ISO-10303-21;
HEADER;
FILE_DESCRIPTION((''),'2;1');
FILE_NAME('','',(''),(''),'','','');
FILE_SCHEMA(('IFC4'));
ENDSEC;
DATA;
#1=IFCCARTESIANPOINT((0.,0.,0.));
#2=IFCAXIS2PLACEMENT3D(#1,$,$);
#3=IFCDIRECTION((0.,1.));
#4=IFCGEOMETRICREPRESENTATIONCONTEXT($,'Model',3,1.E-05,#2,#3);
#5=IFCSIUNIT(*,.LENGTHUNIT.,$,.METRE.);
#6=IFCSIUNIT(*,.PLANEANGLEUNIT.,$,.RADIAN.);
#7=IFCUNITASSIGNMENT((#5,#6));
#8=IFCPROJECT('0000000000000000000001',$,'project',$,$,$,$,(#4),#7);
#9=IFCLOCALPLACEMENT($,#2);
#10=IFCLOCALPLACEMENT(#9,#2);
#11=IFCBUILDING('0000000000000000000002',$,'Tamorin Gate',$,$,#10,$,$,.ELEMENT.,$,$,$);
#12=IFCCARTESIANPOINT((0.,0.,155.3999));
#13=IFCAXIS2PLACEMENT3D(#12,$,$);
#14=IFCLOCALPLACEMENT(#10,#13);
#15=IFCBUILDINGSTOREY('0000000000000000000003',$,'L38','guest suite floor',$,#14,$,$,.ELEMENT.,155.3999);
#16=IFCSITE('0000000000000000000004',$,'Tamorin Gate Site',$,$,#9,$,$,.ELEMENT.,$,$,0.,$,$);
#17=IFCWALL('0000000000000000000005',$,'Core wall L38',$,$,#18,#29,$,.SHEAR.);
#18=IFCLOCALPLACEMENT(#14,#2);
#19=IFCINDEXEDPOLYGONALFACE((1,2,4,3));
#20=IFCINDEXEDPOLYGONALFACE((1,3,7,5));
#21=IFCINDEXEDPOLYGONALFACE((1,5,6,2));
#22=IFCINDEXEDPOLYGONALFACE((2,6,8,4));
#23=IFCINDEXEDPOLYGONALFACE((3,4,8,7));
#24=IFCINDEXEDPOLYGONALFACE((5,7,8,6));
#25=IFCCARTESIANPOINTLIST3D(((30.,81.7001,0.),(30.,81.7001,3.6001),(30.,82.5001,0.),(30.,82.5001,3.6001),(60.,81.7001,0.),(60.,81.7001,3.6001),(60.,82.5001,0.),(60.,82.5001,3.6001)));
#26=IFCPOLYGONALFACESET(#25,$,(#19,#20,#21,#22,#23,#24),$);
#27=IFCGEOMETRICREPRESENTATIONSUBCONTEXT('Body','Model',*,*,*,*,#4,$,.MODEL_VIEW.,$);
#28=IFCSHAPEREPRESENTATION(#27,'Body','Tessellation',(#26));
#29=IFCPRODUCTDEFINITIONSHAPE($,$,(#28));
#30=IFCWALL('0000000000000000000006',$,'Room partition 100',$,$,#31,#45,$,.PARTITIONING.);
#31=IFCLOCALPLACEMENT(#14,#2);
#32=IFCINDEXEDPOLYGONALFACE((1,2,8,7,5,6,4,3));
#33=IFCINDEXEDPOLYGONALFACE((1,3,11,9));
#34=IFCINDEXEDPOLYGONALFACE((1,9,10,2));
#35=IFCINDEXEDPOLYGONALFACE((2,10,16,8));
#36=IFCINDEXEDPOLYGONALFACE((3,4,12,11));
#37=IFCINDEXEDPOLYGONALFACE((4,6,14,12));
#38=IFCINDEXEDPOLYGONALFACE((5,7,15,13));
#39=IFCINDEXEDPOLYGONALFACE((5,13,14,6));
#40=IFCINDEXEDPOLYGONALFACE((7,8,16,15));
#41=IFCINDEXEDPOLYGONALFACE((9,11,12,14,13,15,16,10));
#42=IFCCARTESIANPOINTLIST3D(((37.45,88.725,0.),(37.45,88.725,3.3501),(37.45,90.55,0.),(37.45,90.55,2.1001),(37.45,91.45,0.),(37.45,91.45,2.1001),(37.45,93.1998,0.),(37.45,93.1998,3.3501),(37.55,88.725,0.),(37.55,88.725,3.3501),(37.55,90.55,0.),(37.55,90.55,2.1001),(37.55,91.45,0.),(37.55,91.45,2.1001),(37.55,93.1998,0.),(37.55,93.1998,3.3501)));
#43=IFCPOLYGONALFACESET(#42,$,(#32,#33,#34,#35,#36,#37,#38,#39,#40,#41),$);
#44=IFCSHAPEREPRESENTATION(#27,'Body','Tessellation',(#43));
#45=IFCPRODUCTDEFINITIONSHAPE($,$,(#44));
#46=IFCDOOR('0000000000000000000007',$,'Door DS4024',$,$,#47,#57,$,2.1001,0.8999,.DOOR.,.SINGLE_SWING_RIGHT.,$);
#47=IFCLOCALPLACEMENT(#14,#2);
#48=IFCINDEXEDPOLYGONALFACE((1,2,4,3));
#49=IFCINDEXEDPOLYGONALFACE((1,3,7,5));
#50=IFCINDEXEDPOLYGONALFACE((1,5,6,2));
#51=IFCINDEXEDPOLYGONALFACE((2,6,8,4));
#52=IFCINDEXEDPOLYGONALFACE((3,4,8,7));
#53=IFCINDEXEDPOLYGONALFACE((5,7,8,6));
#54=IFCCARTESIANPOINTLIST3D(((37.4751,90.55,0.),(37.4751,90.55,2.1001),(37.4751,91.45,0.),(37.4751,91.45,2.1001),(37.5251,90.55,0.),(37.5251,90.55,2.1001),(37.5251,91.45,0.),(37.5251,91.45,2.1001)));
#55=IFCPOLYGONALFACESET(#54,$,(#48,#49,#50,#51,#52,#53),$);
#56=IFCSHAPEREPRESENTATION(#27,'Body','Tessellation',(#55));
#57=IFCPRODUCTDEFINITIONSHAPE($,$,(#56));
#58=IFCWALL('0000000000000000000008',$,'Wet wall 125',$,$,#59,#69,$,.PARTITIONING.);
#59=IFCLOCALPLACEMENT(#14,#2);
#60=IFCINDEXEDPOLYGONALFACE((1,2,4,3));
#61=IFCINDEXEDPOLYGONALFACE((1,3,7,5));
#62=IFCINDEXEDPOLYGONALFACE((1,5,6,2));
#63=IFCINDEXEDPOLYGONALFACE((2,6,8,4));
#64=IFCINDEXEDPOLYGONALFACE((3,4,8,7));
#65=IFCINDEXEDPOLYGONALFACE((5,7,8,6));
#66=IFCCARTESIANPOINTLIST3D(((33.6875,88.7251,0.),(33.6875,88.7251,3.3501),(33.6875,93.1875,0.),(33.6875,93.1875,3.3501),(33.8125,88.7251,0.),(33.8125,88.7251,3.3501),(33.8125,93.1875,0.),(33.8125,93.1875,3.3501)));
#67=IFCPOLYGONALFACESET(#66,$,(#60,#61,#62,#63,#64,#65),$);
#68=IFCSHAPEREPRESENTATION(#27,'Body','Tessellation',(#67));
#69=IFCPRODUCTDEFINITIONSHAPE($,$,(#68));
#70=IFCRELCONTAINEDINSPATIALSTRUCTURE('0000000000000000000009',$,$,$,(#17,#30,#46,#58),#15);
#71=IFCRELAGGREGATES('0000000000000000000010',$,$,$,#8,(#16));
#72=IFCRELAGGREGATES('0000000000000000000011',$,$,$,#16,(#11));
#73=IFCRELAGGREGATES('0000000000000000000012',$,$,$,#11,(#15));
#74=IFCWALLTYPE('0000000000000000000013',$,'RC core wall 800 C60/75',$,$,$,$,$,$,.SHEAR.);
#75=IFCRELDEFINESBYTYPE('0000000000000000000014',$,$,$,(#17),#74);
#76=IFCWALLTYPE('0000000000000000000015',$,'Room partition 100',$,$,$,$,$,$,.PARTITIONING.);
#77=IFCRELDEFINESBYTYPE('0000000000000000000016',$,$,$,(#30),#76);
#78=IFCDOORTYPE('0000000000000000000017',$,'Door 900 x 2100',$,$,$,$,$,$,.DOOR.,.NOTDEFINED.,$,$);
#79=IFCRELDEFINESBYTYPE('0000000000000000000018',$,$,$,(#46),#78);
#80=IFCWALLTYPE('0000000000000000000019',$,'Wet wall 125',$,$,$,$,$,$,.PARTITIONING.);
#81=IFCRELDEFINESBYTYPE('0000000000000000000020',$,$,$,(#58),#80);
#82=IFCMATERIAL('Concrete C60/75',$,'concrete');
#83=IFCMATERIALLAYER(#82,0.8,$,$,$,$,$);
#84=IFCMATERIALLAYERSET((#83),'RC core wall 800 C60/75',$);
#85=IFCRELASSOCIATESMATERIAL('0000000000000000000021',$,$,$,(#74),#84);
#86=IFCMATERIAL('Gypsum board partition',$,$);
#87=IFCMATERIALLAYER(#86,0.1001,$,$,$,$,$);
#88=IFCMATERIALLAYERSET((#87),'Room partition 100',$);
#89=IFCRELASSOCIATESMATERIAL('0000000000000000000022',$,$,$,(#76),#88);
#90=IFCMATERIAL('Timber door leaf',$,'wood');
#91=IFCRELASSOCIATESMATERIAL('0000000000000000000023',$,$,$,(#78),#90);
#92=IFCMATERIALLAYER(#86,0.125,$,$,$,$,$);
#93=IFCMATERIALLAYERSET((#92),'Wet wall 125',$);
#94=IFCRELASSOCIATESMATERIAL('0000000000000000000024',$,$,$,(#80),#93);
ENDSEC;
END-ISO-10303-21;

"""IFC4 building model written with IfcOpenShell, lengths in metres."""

from ifc_helpers import new_model, si_unit, direction, frame, frame_2d, origin, place, context, subcontext, project, spatial, rectangle, extrude, material, layer, layer_set, type_object, element, fill, save


model = new_model("IFC4")

# Units and contexts
model_context = context("Model", 3, precision=1e-05, world=origin(), true_north=direction((0.0, 1.0)))
body_context = subcontext(model_context, "Body", "Model", "MODEL_VIEW")
ifc_project = project(units=[si_unit("LENGTHUNIT", "METRE"), si_unit("PLANEANGLEUNIT", "RADIAN")], contexts=[model_context])

# Site, building, storey
site_placement = place(None, origin())
site = spatial("IfcSite", under=ifc_project, at=site_placement, Name="Tamorin Gate Site", CompositionType="ELEMENT", RefElevation=0.0)
building_placement = place(site_placement, origin())
building = spatial("IfcBuilding", under=site, at=building_placement, Name="Tamorin Gate", CompositionType="ELEMENT")
storey_placement = place(building_placement, frame((0.0, 0.0, 155.3999)))
storey = spatial("IfcBuildingStorey", under=building, at=storey_placement, Name="L38", Description="guest suite floor", CompositionType="ELEMENT", Elevation=155.3999)

# Shared definitions
ifc_material_1 = material(Name="Gypsum board partition")
ifc_material_2 = material(Name="Timber door leaf", Category="wood")

# Wall
ifc_material_3 = material(Name="Concrete C60/75", Category="concrete")
ifc_layer_1 = layer(ifc_material_3, 0.8)
ifc_layer_set_1 = layer_set([ifc_layer_1], Name="RC core wall 800 C60/75")
wall_type_1 = type_object("IfcWallType", Name="RC core wall 800 C60/75", PredefinedType="SHEAR", material=ifc_layer_set_1)
wall_1_placement = place(storey_placement, frame((30.0, 82.1001, 0.0), z_axis=(0.0, 0.0, 1.0), x_axis=(1.0, 0.0, 0.0)))
element("IfcWall", 1, at=wall_1_placement, inside=storey, type_object=wall_type_1, Name="Core wall L38", PredefinedType="SHEAR", context=body_context, shape_type="SweptSolid", body=[
    extrude(rectangle(XDim=30.0, YDim=0.8, at=frame_2d((15.0, 0.0))), origin(), (0.0, 0.0, 1.0), 3.6001),
])

# Wall, opening, door
ifc_layer_2 = layer(ifc_material_1, 0.1001)
ifc_layer_set_2 = layer_set([ifc_layer_2], Name="Room partition 100")
wall_type_2 = type_object("IfcWallType", Name="Room partition 100", PredefinedType="PARTITIONING", material=ifc_layer_set_2)
wall_2_placement = place(storey_placement, frame((37.5, 88.7251, 0.0), z_axis=(0.0, 0.0, 1.0), x_axis=(0.0, 1.0, 0.0)))
wall_2 = element("IfcWall", 2, at=wall_2_placement, inside=storey, type_object=wall_type_2, Name="Room partition 100", PredefinedType="PARTITIONING", context=body_context, shape_type="SweptSolid", body=[
    extrude(rectangle(XDim=4.4749, YDim=0.1001, at=frame_2d((2.2373, 0.0))), origin(), (0.0, 0.0, 1.0), 3.3501),
])
opening_1_placement = place(wall_2_placement, frame((1.825, 0.0, 0.0)))
opening_1 = element("IfcOpeningElement", 3, at=opening_1_placement, cuts=wall_2, PredefinedType="OPENING", context=body_context, shape_type="SweptSolid", body=[
    extrude(rectangle(XDim=0.8999, YDim=2.1001, at=frame_2d((0.45, 1.05))), frame((0.0, 0.0601, 0.0), z_axis=(0.0, -1.0, 0.0), x_axis=(1.0, 0.0, 0.0)), (0.0, 0.0, 1.0), 0.1201),
])
door_type_1 = type_object("IfcDoorType", Name="Door 900 x 2100", OperationType="NOTDEFINED", PredefinedType="DOOR", material=ifc_material_2)
door_1_placement = place(opening_1_placement, origin())
door_1 = element("IfcDoor", 4, at=door_1_placement, inside=storey, type_object=door_type_1, Name="Door DS4024", OperationType="SINGLE_SWING_RIGHT", OverallHeight=2.1001, OverallWidth=0.8999, PredefinedType="DOOR", context=body_context, shape_type="SweptSolid", body=[
    extrude(rectangle(XDim=0.8999, YDim=2.1001, at=frame_2d((0.45, 1.05))), frame((0.0, 0.0249, 0.0), z_axis=(0.0, -1.0, 0.0), x_axis=(1.0, 0.0, 0.0)), (0.0, 0.0, 1.0), 0.05),
])
fill(opening_1, door_1)

# Wall
ifc_layer_3 = layer(ifc_material_1, 0.125)
ifc_layer_set_3 = layer_set([ifc_layer_3], Name="Wet wall 125")
wall_type_3 = type_object("IfcWallType", Name="Wet wall 125", PredefinedType="PARTITIONING", material=ifc_layer_set_3)
wall_3_placement = place(storey_placement, frame((33.75, 88.7251, 0.0), z_axis=(0.0, 0.0, 1.0), x_axis=(0.0, 1.0, 0.0)))
element("IfcWall", 5, at=wall_3_placement, inside=storey, type_object=wall_type_3, Name="Wet wall 125", PredefinedType="PARTITIONING", context=body_context, shape_type="SweptSolid", body=[
    extrude(rectangle(XDim=4.4624, YDim=0.125, at=frame_2d((2.2312, 0.0))), origin(), (0.0, 0.0, 1.0), 3.3501),
])

save(model, "model.ifc")
